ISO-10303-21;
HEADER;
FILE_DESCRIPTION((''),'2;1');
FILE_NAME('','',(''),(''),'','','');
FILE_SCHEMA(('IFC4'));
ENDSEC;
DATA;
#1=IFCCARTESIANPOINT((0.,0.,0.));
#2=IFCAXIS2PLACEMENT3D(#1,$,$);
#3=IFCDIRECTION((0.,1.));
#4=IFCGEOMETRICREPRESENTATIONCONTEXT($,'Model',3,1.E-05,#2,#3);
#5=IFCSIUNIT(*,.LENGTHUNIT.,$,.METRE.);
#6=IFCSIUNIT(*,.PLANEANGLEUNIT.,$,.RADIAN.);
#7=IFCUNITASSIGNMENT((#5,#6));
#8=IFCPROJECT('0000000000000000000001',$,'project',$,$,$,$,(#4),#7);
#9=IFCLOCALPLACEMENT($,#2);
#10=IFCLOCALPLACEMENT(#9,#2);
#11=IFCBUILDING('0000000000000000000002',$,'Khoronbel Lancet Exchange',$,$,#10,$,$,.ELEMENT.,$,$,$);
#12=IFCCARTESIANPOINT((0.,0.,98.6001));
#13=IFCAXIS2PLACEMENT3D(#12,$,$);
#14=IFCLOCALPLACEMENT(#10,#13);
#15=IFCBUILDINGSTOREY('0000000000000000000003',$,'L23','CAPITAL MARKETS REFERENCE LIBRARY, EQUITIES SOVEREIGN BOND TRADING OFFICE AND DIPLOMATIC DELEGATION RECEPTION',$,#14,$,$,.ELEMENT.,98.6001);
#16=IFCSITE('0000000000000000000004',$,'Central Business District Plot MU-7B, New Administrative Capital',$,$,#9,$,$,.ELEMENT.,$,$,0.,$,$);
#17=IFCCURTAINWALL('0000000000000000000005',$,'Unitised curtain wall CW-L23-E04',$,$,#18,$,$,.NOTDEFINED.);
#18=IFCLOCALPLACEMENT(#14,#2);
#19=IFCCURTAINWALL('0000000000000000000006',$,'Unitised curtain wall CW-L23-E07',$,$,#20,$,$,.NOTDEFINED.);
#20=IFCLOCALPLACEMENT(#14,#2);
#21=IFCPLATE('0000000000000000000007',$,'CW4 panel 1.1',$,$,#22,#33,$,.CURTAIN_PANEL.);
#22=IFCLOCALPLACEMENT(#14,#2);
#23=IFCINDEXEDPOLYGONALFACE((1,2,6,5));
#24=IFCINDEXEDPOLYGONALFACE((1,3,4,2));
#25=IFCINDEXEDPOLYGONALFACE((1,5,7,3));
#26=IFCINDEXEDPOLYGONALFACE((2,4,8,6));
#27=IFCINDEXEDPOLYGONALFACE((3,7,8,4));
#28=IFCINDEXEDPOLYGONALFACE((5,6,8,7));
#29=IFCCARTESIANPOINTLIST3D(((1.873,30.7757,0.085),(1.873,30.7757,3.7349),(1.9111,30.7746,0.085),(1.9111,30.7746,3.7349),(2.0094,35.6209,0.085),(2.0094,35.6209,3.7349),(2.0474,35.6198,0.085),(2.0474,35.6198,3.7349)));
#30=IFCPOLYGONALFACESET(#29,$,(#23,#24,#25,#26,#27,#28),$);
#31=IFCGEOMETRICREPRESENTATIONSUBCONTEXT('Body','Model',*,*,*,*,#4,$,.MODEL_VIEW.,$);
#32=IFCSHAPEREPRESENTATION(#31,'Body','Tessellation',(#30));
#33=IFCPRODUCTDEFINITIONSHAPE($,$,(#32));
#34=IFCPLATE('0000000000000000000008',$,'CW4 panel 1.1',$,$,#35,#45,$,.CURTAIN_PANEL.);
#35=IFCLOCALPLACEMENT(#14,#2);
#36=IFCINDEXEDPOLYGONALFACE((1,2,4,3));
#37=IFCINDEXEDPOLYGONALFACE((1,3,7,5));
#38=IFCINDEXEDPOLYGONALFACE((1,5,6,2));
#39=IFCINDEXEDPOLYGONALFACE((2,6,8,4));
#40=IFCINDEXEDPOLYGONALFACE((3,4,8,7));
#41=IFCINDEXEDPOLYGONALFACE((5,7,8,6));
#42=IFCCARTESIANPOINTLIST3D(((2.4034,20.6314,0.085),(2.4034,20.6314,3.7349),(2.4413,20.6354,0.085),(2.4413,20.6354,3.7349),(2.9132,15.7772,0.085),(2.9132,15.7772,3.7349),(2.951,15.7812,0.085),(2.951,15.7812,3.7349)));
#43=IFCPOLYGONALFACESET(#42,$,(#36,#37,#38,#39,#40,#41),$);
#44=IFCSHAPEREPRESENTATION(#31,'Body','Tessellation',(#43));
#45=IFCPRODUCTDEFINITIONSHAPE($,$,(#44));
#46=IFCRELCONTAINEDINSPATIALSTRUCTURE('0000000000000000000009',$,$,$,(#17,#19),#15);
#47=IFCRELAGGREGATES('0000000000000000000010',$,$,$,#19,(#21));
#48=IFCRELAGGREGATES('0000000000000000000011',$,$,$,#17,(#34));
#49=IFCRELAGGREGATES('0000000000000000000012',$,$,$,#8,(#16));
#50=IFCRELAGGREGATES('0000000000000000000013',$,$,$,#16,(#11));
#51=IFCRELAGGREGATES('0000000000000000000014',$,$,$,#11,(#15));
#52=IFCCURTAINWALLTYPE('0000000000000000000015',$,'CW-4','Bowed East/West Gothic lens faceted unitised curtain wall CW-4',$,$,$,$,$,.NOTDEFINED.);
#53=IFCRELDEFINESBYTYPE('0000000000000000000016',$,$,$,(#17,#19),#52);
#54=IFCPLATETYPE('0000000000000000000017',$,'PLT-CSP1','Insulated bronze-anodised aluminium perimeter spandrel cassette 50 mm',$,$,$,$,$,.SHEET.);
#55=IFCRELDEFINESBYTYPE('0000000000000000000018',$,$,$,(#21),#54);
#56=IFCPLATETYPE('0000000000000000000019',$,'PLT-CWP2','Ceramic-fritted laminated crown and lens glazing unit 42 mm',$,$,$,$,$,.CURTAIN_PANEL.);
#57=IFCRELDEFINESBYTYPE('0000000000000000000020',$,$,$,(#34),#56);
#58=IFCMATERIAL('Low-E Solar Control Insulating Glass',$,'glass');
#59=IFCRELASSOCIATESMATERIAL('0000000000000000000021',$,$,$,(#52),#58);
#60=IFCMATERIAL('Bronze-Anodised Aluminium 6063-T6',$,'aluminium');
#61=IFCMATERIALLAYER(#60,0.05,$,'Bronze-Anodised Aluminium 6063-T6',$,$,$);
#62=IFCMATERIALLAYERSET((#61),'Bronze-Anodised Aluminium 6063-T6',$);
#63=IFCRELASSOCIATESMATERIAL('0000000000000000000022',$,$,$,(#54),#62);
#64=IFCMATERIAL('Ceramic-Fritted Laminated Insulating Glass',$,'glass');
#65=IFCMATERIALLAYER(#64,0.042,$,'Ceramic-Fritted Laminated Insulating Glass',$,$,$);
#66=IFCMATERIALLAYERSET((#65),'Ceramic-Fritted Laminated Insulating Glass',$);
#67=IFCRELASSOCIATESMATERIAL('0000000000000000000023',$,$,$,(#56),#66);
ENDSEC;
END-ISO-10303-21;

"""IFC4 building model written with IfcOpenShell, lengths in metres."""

from ifc_helpers import new_model, si_unit, direction, frame, origin, origin_2d, place, context, subcontext, project, spatial, rectangle, extrude, material, layer, layer_set, type_object, element, aggregate, save


model = new_model("IFC4")

# Units and contexts
model_context = context("Model", 3, precision=1e-05, world=origin(), true_north=direction((0.0, 1.0)))
body_context = subcontext(model_context, "Body", "Model", "MODEL_VIEW")
ifc_project = project(units=[si_unit("LENGTHUNIT", "METRE"), si_unit("PLANEANGLEUNIT", "RADIAN")], contexts=[model_context])

# Site, building, storey
site_placement = place(None, origin())
site = spatial("IfcSite", under=ifc_project, at=site_placement, Name="Central Business District Plot MU-7B, New Administrative Capital", CompositionType="ELEMENT", RefElevation=0.0)
building_placement = place(site_placement, origin())
building = spatial("IfcBuilding", under=site, at=building_placement, Name="Khoronbel Lancet Exchange", CompositionType="ELEMENT")
storey_placement = place(building_placement, frame((0.0, 0.0, 98.6001)))
storey = spatial("IfcBuildingStorey", under=building, at=storey_placement, Name="L23", Description="CAPITAL MARKETS REFERENCE LIBRARY, EQUITIES SOVEREIGN BOND TRADING OFFICE AND DIPLOMATIC DELEGATION RECEPTION", CompositionType="ELEMENT", Elevation=98.6001)

# Curtain walls
ifc_material_1 = material(Name="Low-E Solar Control Insulating Glass", Category="glass")
curtain_wall_type = type_object("IfcCurtainWallType", Name="CW-4", Description="Bowed East/West Gothic lens faceted unitised curtain wall CW-4", PredefinedType="NOTDEFINED", material=ifc_material_1)
curtain_wall_1_placement = place(storey_placement, origin())
curtain_wall_1 = element("IfcCurtainWall", 1, at=curtain_wall_1_placement, inside=storey, type_object=curtain_wall_type, Name="Unitised curtain wall CW-L23-E04", PredefinedType="NOTDEFINED")
ifc_material_2 = material(Name="Bronze-Anodised Aluminium 6063-T6", Category="aluminium")
curtain_wall_2_placement = place(storey_placement, origin())
curtain_wall_2 = element("IfcCurtainWall", 2, at=curtain_wall_2_placement, inside=storey, type_object=curtain_wall_type, Name="Unitised curtain wall CW-L23-E07", PredefinedType="NOTDEFINED")

# Plates
ifc_layer_1 = layer(ifc_material_2, 0.05, Name="Bronze-Anodised Aluminium 6063-T6")
ifc_layer_set_1 = layer_set([ifc_layer_1], Name="Bronze-Anodised Aluminium 6063-T6")
plate_type_1 = type_object("IfcPlateType", Name="PLT-CSP1", Description="Insulated bronze-anodised aluminium perimeter spandrel cassette 50 mm", PredefinedType="SHEET", material=ifc_layer_set_1)
plate_1_placement = place(storey_placement, frame((1.9602, 33.1978, 0.085), z_axis=(0.0, 0.0, 1.0), x_axis=(0.028135, 0.999604, 0.0)))
plate_1 = element("IfcPlate", 3, at=plate_1_placement, type_object=plate_type_1, Name="CW4 panel 1.1", PredefinedType="CURTAIN_PANEL", context=body_context, shape_type="SweptSolid", body=[
    extrude(rectangle(XDim=4.8472, YDim=0.0381, at=origin_2d()), origin(), (0.0, 0.0, 1.0), 3.6499),
])
aggregate(curtain_wall_2, [plate_1])
ifc_material_3 = material(Name="Ceramic-Fritted Laminated Insulating Glass", Category="glass")
ifc_layer_2 = layer(ifc_material_3, 0.042, Name="Ceramic-Fritted Laminated Insulating Glass")
ifc_layer_set_2 = layer_set([ifc_layer_2], Name="Ceramic-Fritted Laminated Insulating Glass")
plate_type_2 = type_object("IfcPlateType", Name="PLT-CWP2", Description="Ceramic-fritted laminated crown and lens glazing unit 42 mm", PredefinedType="CURTAIN_PANEL", material=ifc_layer_set_2)
plate_2_placement = place(storey_placement, frame((2.6772, 18.2063, 0.085), z_axis=(0.0, 0.0, 1.0), x_axis=(-0.104434, 0.994532, 0.0)))
plate_2 = element("IfcPlate", 4, at=plate_2_placement, type_object=plate_type_2, Name="CW4 panel 1.1", PredefinedType="CURTAIN_PANEL", context=body_context, shape_type="SweptSolid", body=[
    extrude(rectangle(XDim=4.8809, YDim=0.0381, at=origin_2d()), origin(), (0.0, 0.0, 1.0), 3.6499),
])
aggregate(curtain_wall_1, [plate_2])

save(model, "model.ifc")
